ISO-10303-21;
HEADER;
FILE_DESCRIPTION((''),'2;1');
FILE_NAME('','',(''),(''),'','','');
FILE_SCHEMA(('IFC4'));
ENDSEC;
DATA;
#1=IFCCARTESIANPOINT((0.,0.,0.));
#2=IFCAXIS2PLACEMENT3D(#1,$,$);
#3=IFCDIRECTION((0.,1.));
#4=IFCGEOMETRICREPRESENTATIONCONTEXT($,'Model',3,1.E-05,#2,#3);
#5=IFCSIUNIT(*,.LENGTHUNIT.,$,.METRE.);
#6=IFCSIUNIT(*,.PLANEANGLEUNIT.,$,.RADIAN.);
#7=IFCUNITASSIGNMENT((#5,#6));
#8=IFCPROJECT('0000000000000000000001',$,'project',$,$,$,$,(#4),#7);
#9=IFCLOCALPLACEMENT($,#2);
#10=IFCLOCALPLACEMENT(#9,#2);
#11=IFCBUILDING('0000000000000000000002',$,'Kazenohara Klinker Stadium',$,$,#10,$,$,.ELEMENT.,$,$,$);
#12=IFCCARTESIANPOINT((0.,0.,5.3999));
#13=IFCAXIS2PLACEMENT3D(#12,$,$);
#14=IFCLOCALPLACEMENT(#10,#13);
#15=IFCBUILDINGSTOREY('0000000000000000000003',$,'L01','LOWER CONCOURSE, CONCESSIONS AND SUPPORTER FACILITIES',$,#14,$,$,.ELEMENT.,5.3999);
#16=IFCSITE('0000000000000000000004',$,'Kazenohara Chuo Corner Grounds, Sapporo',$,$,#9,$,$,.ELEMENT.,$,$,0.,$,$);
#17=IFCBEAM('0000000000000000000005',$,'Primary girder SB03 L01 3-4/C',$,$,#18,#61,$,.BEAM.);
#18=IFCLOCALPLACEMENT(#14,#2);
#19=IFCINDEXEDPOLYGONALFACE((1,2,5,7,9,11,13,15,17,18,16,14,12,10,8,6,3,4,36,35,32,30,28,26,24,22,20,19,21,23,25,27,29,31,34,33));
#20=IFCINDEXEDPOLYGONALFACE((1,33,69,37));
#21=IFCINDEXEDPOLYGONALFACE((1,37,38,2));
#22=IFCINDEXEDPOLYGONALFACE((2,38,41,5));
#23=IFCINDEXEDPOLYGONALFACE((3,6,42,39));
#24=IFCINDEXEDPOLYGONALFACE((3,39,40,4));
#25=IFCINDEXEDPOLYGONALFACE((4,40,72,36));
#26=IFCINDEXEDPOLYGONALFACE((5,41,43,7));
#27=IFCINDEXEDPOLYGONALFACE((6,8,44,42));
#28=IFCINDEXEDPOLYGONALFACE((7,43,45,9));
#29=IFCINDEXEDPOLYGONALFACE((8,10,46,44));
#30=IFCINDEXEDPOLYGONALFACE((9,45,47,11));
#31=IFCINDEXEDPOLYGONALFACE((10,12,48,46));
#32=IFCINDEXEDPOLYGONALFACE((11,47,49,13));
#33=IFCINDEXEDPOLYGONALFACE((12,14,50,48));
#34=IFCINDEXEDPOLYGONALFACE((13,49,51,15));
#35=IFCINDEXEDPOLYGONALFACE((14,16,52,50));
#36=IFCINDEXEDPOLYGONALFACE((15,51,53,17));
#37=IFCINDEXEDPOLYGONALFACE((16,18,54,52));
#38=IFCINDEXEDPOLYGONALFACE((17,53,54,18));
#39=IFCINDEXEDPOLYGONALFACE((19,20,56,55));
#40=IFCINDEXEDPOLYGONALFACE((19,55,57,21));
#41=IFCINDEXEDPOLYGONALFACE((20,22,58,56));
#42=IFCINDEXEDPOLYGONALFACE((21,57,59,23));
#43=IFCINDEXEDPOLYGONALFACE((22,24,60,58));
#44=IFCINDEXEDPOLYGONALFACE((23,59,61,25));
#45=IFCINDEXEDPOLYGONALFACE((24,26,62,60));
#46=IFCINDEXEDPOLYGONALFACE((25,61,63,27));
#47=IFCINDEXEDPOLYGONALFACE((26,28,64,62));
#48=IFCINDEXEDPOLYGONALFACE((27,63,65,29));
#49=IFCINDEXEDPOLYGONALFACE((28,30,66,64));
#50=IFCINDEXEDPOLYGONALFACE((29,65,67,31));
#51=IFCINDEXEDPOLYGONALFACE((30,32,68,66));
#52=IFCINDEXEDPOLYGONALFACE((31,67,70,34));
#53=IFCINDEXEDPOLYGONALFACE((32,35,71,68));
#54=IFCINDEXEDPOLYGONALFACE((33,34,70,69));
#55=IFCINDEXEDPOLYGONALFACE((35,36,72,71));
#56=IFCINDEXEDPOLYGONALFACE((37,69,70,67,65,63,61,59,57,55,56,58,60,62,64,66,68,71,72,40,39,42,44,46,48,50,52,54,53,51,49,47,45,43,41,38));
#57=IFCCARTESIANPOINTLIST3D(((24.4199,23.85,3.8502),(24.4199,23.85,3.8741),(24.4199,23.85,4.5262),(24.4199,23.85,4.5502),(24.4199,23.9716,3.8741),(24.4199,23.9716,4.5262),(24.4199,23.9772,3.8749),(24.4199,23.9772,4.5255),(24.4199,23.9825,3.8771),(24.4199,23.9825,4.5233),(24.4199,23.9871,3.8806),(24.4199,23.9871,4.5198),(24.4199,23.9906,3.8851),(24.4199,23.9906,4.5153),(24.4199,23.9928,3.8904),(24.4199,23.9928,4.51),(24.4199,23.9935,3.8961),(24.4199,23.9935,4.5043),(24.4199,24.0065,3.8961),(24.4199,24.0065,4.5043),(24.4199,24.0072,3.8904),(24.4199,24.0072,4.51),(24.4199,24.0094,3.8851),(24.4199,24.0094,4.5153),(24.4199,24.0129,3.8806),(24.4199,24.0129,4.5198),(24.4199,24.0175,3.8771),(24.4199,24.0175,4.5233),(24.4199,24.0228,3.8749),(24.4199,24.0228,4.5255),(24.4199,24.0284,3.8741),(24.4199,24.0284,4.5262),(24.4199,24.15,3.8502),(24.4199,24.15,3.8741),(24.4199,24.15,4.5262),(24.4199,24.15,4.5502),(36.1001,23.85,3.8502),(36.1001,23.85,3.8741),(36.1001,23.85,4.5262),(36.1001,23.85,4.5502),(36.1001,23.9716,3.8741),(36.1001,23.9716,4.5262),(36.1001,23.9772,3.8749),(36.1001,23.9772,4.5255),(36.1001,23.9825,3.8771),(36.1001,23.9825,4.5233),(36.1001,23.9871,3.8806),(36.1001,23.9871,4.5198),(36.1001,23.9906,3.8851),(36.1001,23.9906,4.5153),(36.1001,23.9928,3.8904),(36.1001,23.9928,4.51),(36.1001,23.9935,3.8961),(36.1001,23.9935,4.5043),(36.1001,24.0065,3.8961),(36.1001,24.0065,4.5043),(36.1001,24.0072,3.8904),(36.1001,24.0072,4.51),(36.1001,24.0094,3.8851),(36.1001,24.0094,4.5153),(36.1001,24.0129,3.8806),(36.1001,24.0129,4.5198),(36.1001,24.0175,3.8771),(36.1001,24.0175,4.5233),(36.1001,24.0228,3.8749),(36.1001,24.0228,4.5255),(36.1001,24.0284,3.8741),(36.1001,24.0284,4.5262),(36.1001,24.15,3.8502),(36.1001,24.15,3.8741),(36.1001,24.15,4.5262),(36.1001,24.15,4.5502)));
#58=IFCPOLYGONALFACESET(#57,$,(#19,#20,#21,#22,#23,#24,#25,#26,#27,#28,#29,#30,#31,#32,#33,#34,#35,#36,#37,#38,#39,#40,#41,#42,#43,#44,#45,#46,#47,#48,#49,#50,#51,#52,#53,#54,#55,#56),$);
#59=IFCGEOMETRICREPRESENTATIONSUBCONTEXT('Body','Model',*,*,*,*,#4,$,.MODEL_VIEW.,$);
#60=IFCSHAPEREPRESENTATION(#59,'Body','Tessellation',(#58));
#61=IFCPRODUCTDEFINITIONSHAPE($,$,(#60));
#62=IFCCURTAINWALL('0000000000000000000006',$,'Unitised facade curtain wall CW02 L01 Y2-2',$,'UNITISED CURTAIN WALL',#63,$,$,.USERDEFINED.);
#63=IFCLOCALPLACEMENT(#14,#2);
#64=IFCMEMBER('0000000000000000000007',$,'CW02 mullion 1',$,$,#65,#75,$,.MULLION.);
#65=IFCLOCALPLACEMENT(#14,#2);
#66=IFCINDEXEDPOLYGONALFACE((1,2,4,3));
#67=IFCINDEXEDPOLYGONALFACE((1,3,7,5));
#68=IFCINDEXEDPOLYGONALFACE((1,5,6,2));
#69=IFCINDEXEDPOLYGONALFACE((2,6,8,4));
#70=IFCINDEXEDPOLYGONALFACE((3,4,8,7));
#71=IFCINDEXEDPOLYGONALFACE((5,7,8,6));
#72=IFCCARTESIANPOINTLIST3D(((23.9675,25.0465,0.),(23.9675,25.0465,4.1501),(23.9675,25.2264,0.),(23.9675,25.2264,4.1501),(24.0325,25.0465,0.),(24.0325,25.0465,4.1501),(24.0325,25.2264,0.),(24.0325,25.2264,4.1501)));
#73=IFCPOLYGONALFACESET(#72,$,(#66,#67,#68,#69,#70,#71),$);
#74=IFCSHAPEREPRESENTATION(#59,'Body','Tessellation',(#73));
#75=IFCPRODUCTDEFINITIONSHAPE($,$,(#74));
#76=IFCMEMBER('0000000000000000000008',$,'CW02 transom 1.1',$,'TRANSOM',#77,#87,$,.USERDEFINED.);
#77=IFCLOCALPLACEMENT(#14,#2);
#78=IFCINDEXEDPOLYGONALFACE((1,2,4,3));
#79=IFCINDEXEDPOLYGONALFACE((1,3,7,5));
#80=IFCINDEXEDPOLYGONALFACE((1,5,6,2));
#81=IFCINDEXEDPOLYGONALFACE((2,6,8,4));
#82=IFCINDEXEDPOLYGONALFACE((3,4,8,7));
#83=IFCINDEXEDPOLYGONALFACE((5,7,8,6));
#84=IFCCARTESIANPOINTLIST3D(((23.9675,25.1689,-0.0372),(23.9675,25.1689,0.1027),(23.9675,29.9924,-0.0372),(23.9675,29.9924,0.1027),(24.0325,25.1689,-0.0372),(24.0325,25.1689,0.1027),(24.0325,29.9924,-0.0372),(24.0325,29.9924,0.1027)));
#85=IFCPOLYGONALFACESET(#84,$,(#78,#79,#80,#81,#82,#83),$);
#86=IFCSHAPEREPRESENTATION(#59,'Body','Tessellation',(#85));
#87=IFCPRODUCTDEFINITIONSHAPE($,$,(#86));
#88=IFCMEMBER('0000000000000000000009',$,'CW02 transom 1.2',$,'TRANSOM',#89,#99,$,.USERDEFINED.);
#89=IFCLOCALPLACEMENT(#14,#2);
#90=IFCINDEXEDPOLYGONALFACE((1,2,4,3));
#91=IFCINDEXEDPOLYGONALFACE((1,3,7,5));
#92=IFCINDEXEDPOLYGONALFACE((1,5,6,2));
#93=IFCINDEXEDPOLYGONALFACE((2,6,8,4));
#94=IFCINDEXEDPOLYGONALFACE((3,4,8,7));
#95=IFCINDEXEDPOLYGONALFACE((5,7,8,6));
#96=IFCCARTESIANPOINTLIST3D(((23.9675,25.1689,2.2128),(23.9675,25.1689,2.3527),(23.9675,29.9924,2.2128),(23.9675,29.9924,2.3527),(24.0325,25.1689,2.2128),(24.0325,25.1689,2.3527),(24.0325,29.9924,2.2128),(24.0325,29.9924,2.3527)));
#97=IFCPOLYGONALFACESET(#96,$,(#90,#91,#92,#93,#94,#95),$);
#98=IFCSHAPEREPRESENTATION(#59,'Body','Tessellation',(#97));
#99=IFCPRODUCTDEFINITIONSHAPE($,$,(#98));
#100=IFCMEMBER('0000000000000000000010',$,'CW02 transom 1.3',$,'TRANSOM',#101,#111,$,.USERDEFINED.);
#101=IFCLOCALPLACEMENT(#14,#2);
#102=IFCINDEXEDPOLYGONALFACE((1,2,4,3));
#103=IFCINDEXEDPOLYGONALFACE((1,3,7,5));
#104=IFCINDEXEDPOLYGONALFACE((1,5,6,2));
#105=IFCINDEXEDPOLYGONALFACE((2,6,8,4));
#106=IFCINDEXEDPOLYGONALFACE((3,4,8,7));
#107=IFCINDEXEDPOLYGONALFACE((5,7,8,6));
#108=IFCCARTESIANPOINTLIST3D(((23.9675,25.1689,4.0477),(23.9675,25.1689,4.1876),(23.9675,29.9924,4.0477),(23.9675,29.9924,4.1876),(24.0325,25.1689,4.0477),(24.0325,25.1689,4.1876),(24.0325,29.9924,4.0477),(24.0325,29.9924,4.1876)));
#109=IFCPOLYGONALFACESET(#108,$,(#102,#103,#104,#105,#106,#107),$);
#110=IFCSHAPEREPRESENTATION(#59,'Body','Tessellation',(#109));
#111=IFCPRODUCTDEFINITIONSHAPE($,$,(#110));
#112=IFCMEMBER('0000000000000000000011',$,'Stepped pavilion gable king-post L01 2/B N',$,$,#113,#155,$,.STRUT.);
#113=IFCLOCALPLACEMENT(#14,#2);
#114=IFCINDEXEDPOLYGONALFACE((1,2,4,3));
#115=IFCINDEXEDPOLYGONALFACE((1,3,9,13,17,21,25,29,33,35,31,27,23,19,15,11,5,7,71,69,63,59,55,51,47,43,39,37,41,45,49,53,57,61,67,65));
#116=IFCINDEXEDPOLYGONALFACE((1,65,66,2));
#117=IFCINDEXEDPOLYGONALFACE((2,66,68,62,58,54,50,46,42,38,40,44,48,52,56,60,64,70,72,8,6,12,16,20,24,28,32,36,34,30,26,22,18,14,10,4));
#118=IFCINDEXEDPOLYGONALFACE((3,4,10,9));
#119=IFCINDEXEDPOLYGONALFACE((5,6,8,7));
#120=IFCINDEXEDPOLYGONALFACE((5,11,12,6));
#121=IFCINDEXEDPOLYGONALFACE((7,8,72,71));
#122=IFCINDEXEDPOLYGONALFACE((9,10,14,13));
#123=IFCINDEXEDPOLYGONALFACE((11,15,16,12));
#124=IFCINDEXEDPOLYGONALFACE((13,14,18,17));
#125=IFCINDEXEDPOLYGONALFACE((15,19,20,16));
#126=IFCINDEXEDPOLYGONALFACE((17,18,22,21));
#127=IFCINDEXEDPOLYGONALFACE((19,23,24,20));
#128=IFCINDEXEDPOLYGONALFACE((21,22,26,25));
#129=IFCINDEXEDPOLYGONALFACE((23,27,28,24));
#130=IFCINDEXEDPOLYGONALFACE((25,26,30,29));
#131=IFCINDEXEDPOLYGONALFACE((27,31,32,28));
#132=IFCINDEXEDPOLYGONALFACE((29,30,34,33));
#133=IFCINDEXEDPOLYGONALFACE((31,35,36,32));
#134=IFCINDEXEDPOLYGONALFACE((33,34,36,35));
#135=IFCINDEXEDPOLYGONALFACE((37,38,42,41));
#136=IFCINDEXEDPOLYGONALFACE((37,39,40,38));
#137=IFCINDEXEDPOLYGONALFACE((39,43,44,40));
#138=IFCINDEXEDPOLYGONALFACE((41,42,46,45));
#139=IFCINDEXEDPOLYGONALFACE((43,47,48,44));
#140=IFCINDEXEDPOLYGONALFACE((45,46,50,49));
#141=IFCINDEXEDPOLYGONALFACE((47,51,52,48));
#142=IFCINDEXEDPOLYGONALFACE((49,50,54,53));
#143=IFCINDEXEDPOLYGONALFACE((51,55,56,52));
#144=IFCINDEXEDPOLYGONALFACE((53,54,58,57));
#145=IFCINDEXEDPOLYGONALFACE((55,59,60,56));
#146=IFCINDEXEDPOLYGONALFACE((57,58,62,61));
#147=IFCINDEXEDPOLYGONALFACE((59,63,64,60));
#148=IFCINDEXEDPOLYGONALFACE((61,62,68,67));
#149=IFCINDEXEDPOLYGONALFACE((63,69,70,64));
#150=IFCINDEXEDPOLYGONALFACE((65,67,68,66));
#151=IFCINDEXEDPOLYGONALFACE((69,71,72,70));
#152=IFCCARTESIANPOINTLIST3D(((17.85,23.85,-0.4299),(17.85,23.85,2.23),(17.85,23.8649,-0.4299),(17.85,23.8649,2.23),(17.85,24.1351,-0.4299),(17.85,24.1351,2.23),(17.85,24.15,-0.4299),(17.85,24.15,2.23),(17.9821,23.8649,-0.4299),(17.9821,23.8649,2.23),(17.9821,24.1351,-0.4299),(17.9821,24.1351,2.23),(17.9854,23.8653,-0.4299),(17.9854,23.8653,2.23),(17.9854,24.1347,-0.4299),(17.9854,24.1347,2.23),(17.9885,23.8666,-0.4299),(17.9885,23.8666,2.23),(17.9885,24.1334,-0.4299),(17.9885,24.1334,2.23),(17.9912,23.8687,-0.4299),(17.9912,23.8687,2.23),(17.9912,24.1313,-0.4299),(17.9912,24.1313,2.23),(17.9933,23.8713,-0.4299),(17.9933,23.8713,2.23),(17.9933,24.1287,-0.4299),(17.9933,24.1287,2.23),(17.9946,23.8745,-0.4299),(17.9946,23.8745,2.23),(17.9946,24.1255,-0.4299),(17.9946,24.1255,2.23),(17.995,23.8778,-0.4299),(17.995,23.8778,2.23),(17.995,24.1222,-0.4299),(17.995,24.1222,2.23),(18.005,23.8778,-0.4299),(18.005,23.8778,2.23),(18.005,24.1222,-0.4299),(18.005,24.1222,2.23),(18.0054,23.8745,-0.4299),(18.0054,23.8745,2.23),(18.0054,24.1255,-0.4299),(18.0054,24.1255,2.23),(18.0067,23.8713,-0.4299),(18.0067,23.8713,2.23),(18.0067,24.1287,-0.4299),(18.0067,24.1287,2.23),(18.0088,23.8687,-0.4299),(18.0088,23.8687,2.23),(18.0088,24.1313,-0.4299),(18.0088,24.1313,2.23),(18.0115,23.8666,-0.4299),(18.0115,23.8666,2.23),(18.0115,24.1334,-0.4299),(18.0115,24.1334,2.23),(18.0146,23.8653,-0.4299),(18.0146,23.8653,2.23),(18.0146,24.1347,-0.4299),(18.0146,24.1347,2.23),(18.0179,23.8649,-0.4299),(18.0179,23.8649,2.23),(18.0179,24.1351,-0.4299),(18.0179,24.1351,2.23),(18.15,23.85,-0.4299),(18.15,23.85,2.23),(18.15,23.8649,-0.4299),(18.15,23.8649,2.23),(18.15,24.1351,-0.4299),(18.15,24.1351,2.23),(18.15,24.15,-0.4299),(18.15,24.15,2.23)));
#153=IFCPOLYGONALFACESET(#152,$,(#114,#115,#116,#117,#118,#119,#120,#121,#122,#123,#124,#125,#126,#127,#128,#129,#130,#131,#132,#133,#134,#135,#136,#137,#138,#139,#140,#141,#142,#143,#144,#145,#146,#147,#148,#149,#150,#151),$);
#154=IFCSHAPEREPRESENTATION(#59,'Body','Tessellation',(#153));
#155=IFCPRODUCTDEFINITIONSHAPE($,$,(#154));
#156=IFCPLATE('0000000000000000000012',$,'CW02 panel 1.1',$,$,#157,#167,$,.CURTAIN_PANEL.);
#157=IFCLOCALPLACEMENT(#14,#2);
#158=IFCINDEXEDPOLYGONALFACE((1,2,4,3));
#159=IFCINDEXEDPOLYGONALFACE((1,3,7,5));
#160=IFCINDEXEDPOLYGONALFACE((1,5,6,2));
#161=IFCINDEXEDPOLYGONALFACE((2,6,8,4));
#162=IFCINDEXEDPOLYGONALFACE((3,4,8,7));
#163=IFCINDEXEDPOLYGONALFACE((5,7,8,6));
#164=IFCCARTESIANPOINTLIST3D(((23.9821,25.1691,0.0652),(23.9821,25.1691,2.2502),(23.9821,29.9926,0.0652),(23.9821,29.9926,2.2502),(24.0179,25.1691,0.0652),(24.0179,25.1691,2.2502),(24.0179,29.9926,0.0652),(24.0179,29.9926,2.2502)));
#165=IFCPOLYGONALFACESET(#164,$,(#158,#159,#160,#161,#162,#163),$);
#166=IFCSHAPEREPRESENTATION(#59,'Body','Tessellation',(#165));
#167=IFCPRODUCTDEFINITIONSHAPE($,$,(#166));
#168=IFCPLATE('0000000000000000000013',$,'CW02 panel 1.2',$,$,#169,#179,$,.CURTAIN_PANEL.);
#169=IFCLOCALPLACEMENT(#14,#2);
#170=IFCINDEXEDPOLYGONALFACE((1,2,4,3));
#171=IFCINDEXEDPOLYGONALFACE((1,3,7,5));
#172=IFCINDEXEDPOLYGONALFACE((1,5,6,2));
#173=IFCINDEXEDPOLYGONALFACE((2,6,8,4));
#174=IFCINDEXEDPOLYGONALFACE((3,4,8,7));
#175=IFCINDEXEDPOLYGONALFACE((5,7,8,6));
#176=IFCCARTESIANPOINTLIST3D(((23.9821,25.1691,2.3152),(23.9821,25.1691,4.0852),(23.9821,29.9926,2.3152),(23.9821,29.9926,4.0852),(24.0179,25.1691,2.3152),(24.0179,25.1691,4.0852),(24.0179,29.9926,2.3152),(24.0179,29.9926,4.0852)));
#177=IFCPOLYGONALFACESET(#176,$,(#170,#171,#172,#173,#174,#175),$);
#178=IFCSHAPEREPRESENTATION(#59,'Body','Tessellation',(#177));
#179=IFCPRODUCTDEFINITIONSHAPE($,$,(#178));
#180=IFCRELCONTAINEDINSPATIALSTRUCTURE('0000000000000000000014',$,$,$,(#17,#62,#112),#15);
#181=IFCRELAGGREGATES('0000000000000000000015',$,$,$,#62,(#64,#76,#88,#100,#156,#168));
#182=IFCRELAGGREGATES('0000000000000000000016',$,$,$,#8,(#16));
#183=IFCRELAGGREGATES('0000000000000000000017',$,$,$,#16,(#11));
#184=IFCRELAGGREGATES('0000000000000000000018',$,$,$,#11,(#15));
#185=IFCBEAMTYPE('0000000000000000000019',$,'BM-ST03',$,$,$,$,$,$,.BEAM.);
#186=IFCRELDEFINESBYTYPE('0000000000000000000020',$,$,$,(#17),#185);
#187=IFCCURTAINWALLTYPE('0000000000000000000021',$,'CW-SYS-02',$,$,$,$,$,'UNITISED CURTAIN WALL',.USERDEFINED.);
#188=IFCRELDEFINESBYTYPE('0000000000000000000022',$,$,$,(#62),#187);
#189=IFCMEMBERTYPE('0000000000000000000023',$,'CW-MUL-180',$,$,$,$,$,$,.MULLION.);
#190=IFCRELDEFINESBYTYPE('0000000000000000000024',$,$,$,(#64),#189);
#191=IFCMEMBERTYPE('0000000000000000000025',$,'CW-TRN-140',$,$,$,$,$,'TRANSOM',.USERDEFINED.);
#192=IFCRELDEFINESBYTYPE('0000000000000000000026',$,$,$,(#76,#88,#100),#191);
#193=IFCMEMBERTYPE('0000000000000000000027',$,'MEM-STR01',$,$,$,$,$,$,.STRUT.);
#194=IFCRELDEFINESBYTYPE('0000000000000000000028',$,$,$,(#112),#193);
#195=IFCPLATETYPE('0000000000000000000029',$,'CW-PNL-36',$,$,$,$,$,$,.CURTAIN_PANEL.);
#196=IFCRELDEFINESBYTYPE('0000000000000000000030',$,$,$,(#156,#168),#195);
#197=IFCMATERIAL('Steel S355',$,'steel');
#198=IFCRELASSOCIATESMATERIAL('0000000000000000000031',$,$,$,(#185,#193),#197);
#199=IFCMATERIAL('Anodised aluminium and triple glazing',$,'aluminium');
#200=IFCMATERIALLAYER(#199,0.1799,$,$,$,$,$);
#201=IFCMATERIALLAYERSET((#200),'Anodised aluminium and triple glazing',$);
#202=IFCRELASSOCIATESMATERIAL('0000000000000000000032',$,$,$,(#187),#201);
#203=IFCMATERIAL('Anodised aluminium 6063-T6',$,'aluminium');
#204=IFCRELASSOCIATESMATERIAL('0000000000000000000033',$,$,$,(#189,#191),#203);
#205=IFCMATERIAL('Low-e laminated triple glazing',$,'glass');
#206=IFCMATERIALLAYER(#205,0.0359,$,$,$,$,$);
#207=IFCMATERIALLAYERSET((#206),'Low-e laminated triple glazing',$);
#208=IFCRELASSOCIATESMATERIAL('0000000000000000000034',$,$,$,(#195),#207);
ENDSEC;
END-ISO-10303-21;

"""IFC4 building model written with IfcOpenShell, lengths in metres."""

from ifc_helpers import new_model, si_unit, direction, frame, origin, origin_2d, place, context, subcontext, project, spatial, rectangle, i_section, extrude, material, layer, layer_set, material_profile, profile_set, type_object, element, aggregate, save


model = new_model("IFC4")

# Units and contexts
model_context = context("Model", 3, precision=1e-05, world=origin(), true_north=direction((0.0, 1.0)))
body_context = subcontext(model_context, "Body", "Model", "MODEL_VIEW")
ifc_project = project(units=[si_unit("LENGTHUNIT", "METRE"), si_unit("PLANEANGLEUNIT", "RADIAN")], contexts=[model_context])

# Site, building, storey
site_placement = place(None, origin())
site = spatial("IfcSite", under=ifc_project, at=site_placement, Name="Kazenohara Chuo Corner Grounds, Sapporo", CompositionType="ELEMENT", RefElevation=0.0)
building_placement = place(site_placement, origin())
building = spatial("IfcBuilding", under=site, at=building_placement, Name="Kazenohara Klinker Stadium", CompositionType="ELEMENT")
storey_placement = place(building_placement, frame((0.0, 0.0, 5.3999)))
storey = spatial("IfcBuildingStorey", under=building, at=storey_placement, Name="L01", Description="LOWER CONCOURSE, CONCESSIONS AND SUPPORTER FACILITIES", CompositionType="ELEMENT", Elevation=5.3999)

# Beam
ifc_material_1 = material(Name="Steel S355", Category="steel")
ifc_material_profile_1 = material_profile(ifc_material_1, i_section(OverallWidth=0.3, OverallDepth=0.7, WebThickness=0.0129, FlangeThickness=0.0239, FilletRadius=0.022, at=origin_2d()), Name="H-700x300x13x24")
ifc_profile_set_1 = profile_set([ifc_material_profile_1], Name="Steel S355")
beam_type_1 = type_object("IfcBeamType", Name="BM-ST03", PredefinedType="BEAM", material=ifc_profile_set_1)
beam_1_placement = place(storey_placement, frame((24.4199, 24.0, 4.2002), z_axis=(1.0, 0.0, 0.0), x_axis=(0.0, 1.0, 0.0)))
element("IfcBeam", 1, at=beam_1_placement, inside=storey, type_object=beam_type_1, Name="Primary girder SB03 L01 3-4/C", PredefinedType="BEAM", context=body_context, shape_type="SweptSolid", body=[
    extrude(i_section(OverallWidth=0.3, OverallDepth=0.7, WebThickness=0.0129, FlangeThickness=0.0239, FilletRadius=0.022, at=origin_2d()), origin(), (0.0, 0.0, 1.0), 11.6802),
])

# Curtain wall, members
ifc_material_2 = material(Name="Anodised aluminium and triple glazing", Category="aluminium")
ifc_layer_1 = layer(ifc_material_2, 0.1799)
ifc_layer_set_1 = layer_set([ifc_layer_1], Name="Anodised aluminium and triple glazing")
curtain_wall_type = type_object("IfcCurtainWallType", Name="CW-SYS-02", ElementType="UNITISED CURTAIN WALL", PredefinedType="USERDEFINED", material=ifc_layer_set_1)
curtain_wall_placement = place(storey_placement, origin())
curtain_wall = element("IfcCurtainWall", 2, at=curtain_wall_placement, inside=storey, type_object=curtain_wall_type, Name="Unitised facade curtain wall CW02 L01 Y2-2", ObjectType="UNITISED CURTAIN WALL", PredefinedType="USERDEFINED")
ifc_material_3 = material(Name="Anodised aluminium 6063-T6", Category="aluminium")
ifc_material_profile_2 = material_profile(ifc_material_3, rectangle(XDim=0.0649, YDim=0.1799, at=origin_2d()), Name="ALU-MUL-65x180")
ifc_profile_set_2 = profile_set([ifc_material_profile_2], Name="Anodised aluminium 6063-T6")
member_type_1 = type_object("IfcMemberType", Name="CW-MUL-180", PredefinedType="MULLION", material=ifc_profile_set_2)
member_1_placement = place(storey_placement, frame((24.0, 25.1365, 0.0), z_axis=(0.0, 0.0, 1.0), x_axis=(-1.0, 0.0, 0.0)))
member_1 = element("IfcMember", 3, at=member_1_placement, type_object=member_type_1, Name="CW02 mullion 1", PredefinedType="MULLION", context=body_context, shape_type="SweptSolid", body=[
    extrude(rectangle(XDim=0.0649, YDim=0.1799, at=origin_2d()), origin(), (0.0, 0.0, 1.0), 4.1501),
])
ifc_material_profile_3 = material_profile(ifc_material_3, rectangle(XDim=0.0649, YDim=0.1399, at=origin_2d()), Name="ALU-TRN-65x140")
ifc_profile_set_3 = profile_set([ifc_material_profile_3], Name="Anodised aluminium 6063-T6")
member_type_2 = type_object("IfcMemberType", Name="CW-TRN-140", ElementType="TRANSOM", PredefinedType="USERDEFINED", material=ifc_profile_set_3)
member_2_placement = place(storey_placement, frame((24.0, 25.1689, 0.0327), z_axis=(0.0, 1.0, 0.0), x_axis=(-1.0, 0.0, 0.0)))
member_2 = element("IfcMember", 4, at=member_2_placement, type_object=member_type_2, Name="CW02 transom 1.1", ObjectType="TRANSOM", PredefinedType="USERDEFINED", context=body_context, shape_type="SweptSolid", body=[
    extrude(rectangle(XDim=0.0649, YDim=0.1399, at=origin_2d()), origin(), (0.0, 0.0, 1.0), 4.8235),
])
member_3_placement = place(storey_placement, frame((24.0, 25.1689, 2.2827), z_axis=(0.0, 1.0, 0.0), x_axis=(-1.0, 0.0, 0.0)))
member_3 = element("IfcMember", 5, at=member_3_placement, type_object=member_type_2, Name="CW02 transom 1.2", ObjectType="TRANSOM", PredefinedType="USERDEFINED", context=body_context, shape_type="SweptSolid", body=[
    extrude(rectangle(XDim=0.0649, YDim=0.1399, at=origin_2d()), origin(), (0.0, 0.0, 1.0), 4.8235),
])
member_4_placement = place(storey_placement, frame((24.0, 25.1689, 4.1177), z_axis=(0.0, 1.0, 0.0), x_axis=(-1.0, 0.0, 0.0)))
member_4 = element("IfcMember", 6, at=member_4_placement, type_object=member_type_2, Name="CW02 transom 1.3", ObjectType="TRANSOM", PredefinedType="USERDEFINED", context=body_context, shape_type="SweptSolid", body=[
    extrude(rectangle(XDim=0.0649, YDim=0.1399, at=origin_2d()), origin(), (0.0, 0.0, 1.0), 4.8235),
])

# Member
ifc_material_profile_4 = material_profile(ifc_material_1, i_section(OverallWidth=0.3, OverallDepth=0.3, WebThickness=0.01, FlangeThickness=0.0149, FilletRadius=0.0129, at=origin_2d()), Name="H-300x300x10x15")
ifc_profile_set_4 = profile_set([ifc_material_profile_4], Name="Steel S355")
member_type_3 = type_object("IfcMemberType", Name="MEM-STR01", PredefinedType="STRUT", material=ifc_profile_set_4)
member_5_placement = place(storey_placement, frame((18.0, 24.0, -0.4299), z_axis=(0.0, 0.0, 1.0), x_axis=(1.0, 0.0, 0.0)))
element("IfcMember", 7, at=member_5_placement, inside=storey, type_object=member_type_3, Name="Stepped pavilion gable king-post L01 2/B N", PredefinedType="STRUT", context=body_context, shape_type="SweptSolid", body=[
    extrude(i_section(OverallWidth=0.3, OverallDepth=0.3, WebThickness=0.01, FlangeThickness=0.0149, FilletRadius=0.0129, at=origin_2d()), origin(), (0.0, 0.0, 1.0), 2.6599),
])

# Plates
ifc_material_4 = material(Name="Low-e laminated triple glazing", Category="glass")
ifc_layer_2 = layer(ifc_material_4, 0.0359)
ifc_layer_set_2 = layer_set([ifc_layer_2], Name="Low-e laminated triple glazing")
plate_type = type_object("IfcPlateType", Name="CW-PNL-36", PredefinedType="CURTAIN_PANEL", material=ifc_layer_set_2)
plate_1_placement = place(storey_placement, frame((24.0, 27.5808, 0.0652), z_axis=(0.0, 0.0, 1.0), x_axis=(0.0, 1.0, 0.0)))
plate_1 = element("IfcPlate", 8, at=plate_1_placement, type_object=plate_type, Name="CW02 panel 1.1", PredefinedType="CURTAIN_PANEL", context=body_context, shape_type="SweptSolid", body=[
    extrude(rectangle(XDim=4.8235, YDim=0.0359, at=origin_2d()), origin(), (0.0, 0.0, 1.0), 2.1851),
])
plate_2_placement = place(storey_placement, frame((24.0, 27.5808, 2.3152), z_axis=(0.0, 0.0, 1.0), x_axis=(0.0, 1.0, 0.0)))
plate_2 = element("IfcPlate", 9, at=plate_2_placement, type_object=plate_type, Name="CW02 panel 1.2", PredefinedType="CURTAIN_PANEL", context=body_context, shape_type="SweptSolid", body=[
    extrude(rectangle(XDim=4.8235, YDim=0.0359, at=origin_2d()), origin(), (0.0, 0.0, 1.0), 1.77),
])
aggregate(curtain_wall, [member_1, member_2, member_3, member_4, plate_1, plate_2])

save(model, "model.ifc")
